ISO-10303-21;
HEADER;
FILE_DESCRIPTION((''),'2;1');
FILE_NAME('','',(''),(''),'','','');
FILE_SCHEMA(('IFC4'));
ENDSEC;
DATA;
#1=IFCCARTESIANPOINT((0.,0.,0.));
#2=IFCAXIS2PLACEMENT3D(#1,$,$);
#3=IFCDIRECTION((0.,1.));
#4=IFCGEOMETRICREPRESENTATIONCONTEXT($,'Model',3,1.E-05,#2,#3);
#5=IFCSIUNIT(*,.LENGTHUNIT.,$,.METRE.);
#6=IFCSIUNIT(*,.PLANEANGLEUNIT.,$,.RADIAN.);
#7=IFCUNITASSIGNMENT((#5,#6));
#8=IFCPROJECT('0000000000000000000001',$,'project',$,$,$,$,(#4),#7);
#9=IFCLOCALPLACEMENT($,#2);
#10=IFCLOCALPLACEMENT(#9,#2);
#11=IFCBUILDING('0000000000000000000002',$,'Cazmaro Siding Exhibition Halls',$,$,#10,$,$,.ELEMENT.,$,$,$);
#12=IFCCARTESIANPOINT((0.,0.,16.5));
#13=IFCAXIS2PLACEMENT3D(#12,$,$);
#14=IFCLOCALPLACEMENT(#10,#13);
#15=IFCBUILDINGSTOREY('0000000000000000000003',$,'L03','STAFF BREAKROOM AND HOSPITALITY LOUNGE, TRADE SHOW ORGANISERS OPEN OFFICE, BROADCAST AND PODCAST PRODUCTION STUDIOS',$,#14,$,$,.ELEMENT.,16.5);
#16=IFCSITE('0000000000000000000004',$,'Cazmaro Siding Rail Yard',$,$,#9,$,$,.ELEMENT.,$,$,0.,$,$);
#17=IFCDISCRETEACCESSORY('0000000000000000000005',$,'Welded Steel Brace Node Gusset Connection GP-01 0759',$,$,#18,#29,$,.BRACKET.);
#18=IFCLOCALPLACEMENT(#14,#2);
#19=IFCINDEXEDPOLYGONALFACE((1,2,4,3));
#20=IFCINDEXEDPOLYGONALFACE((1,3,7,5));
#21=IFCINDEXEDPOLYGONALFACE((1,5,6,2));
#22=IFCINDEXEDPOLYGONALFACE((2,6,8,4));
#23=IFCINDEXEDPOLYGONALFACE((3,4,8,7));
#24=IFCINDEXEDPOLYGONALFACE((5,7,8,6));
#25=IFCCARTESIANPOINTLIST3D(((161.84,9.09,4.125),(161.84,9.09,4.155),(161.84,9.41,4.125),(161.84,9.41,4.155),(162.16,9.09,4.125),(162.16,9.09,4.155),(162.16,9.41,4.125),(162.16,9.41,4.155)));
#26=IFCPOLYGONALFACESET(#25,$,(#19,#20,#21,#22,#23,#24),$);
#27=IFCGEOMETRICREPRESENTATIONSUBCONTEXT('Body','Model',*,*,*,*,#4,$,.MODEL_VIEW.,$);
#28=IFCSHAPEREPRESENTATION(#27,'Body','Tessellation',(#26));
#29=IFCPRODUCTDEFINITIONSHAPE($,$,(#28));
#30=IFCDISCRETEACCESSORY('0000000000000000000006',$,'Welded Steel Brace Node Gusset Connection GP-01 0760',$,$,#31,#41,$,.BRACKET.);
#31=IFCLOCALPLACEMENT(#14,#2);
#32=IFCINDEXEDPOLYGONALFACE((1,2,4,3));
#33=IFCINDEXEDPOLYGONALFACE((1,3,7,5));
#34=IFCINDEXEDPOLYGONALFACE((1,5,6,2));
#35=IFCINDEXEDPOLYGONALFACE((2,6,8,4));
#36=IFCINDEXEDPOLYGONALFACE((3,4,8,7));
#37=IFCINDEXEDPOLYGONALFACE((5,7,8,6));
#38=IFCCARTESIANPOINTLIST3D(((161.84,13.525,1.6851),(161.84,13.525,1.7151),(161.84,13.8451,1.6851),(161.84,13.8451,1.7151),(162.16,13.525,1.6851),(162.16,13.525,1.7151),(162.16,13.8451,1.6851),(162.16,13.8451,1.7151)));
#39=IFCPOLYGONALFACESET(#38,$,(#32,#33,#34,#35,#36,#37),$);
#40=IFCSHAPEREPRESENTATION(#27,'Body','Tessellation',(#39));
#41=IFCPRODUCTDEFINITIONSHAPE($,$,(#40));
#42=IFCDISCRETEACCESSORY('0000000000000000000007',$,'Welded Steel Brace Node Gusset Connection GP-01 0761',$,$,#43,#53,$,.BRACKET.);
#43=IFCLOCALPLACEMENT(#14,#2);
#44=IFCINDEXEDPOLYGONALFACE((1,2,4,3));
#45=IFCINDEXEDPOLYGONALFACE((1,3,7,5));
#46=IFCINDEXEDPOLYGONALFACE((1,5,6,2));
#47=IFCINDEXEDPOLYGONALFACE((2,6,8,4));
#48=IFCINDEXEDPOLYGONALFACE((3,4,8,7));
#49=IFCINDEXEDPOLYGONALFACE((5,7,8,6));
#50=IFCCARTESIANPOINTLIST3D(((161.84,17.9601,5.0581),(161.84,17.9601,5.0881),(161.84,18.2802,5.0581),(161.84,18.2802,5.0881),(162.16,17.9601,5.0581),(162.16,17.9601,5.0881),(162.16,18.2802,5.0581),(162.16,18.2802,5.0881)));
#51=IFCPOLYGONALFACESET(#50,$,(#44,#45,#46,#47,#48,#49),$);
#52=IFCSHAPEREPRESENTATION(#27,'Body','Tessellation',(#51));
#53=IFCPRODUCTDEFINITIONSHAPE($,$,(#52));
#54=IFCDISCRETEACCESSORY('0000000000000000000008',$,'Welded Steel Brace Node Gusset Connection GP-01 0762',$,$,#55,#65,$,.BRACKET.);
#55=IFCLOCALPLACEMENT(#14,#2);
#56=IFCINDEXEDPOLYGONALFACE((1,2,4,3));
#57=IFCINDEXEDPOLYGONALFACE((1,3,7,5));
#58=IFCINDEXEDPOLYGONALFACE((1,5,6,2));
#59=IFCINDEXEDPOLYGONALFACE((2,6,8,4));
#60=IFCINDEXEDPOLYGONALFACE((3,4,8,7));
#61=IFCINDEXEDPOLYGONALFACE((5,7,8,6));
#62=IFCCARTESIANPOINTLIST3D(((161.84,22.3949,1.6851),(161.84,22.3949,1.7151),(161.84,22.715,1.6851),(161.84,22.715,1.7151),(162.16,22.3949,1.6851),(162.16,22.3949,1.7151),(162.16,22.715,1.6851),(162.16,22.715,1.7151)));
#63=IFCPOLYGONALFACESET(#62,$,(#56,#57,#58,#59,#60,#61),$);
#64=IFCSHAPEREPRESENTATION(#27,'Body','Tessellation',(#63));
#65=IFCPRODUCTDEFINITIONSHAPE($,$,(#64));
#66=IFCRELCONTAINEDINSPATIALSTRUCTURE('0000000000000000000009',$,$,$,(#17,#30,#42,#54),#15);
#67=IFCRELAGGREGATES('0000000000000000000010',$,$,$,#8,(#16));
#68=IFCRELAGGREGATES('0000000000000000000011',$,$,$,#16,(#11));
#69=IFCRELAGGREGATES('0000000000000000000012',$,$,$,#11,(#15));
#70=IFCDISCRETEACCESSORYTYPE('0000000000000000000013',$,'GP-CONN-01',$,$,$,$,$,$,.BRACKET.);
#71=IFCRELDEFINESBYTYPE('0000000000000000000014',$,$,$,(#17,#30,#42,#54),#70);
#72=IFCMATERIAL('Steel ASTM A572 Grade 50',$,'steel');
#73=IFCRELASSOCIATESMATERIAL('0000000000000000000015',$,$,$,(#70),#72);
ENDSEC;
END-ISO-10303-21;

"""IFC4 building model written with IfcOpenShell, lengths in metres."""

from ifc_helpers import new_model, si_unit, direction, frame, origin, origin_2d, place, context, subcontext, project, spatial, rectangle, extrude, material, type_object, element, save


model = new_model("IFC4")

# Units and contexts
model_context = context("Model", 3, precision=1e-05, world=origin(), true_north=direction((0.0, 1.0)))
body_context = subcontext(model_context, "Body", "Model", "MODEL_VIEW")
ifc_project = project(units=[si_unit("LENGTHUNIT", "METRE"), si_unit("PLANEANGLEUNIT", "RADIAN")], contexts=[model_context])

# Site, building, storey
site_placement = place(None, origin())
site = spatial("IfcSite", under=ifc_project, at=site_placement, Name="Cazmaro Siding Rail Yard", CompositionType="ELEMENT", RefElevation=0.0)
building_placement = place(site_placement, origin())
building = spatial("IfcBuilding", under=site, at=building_placement, Name="Cazmaro Siding Exhibition Halls", CompositionType="ELEMENT")
storey_placement = place(building_placement, frame((0.0, 0.0, 16.5)))
storey = spatial("IfcBuildingStorey", under=building, at=storey_placement, Name="L03", Description="STAFF BREAKROOM AND HOSPITALITY LOUNGE, TRADE SHOW ORGANISERS OPEN OFFICE, BROADCAST AND PODCAST PRODUCTION STUDIOS", CompositionType="ELEMENT", Elevation=16.5)

# Discrete accessories
ifc_material_1 = material(Name="Steel ASTM A572 Grade 50", Category="steel")
discrete_accessory_type = type_object("IfcDiscreteAccessoryType", Name="GP-CONN-01", PredefinedType="BRACKET", material=ifc_material_1)
for number, where, z_axis, x_axis, name in (
    (1, (162.0, 9.25, 4.125), (0.0, 0.0, 1.0), (1.0, 0.0, 0.0), "Welded Steel Brace Node Gusset Connection GP-01 0759"),
    (2, (162.0, 13.6851, 1.6851), (0.0, 0.0, 1.0), (1.0, 0.0, 0.0), "Welded Steel Brace Node Gusset Connection GP-01 0760"),
    (3, (162.0, 18.1201, 5.0581), (0.0, 0.0, 1.0), (1.0, 0.0, 0.0), "Welded Steel Brace Node Gusset Connection GP-01 0761"),
    (4, (162.0, 22.5549, 1.6851), (0.0, 0.0, 1.0), (1.0, 0.0, 0.0), "Welded Steel Brace Node Gusset Connection GP-01 0762"),
):
    element("IfcDiscreteAccessory", number, at=place(storey_placement, frame(where, z_axis=z_axis, x_axis=x_axis)), inside=storey, type_object=discrete_accessory_type, Name=name, PredefinedType="BRACKET", context=body_context, shape_type="SweptSolid", body=[
        extrude(rectangle(XDim=0.3201, YDim=0.3201, at=origin_2d()), origin(), (0.0, 0.0, 1.0), 0.03),
    ])

save(model, "model.ifc")
